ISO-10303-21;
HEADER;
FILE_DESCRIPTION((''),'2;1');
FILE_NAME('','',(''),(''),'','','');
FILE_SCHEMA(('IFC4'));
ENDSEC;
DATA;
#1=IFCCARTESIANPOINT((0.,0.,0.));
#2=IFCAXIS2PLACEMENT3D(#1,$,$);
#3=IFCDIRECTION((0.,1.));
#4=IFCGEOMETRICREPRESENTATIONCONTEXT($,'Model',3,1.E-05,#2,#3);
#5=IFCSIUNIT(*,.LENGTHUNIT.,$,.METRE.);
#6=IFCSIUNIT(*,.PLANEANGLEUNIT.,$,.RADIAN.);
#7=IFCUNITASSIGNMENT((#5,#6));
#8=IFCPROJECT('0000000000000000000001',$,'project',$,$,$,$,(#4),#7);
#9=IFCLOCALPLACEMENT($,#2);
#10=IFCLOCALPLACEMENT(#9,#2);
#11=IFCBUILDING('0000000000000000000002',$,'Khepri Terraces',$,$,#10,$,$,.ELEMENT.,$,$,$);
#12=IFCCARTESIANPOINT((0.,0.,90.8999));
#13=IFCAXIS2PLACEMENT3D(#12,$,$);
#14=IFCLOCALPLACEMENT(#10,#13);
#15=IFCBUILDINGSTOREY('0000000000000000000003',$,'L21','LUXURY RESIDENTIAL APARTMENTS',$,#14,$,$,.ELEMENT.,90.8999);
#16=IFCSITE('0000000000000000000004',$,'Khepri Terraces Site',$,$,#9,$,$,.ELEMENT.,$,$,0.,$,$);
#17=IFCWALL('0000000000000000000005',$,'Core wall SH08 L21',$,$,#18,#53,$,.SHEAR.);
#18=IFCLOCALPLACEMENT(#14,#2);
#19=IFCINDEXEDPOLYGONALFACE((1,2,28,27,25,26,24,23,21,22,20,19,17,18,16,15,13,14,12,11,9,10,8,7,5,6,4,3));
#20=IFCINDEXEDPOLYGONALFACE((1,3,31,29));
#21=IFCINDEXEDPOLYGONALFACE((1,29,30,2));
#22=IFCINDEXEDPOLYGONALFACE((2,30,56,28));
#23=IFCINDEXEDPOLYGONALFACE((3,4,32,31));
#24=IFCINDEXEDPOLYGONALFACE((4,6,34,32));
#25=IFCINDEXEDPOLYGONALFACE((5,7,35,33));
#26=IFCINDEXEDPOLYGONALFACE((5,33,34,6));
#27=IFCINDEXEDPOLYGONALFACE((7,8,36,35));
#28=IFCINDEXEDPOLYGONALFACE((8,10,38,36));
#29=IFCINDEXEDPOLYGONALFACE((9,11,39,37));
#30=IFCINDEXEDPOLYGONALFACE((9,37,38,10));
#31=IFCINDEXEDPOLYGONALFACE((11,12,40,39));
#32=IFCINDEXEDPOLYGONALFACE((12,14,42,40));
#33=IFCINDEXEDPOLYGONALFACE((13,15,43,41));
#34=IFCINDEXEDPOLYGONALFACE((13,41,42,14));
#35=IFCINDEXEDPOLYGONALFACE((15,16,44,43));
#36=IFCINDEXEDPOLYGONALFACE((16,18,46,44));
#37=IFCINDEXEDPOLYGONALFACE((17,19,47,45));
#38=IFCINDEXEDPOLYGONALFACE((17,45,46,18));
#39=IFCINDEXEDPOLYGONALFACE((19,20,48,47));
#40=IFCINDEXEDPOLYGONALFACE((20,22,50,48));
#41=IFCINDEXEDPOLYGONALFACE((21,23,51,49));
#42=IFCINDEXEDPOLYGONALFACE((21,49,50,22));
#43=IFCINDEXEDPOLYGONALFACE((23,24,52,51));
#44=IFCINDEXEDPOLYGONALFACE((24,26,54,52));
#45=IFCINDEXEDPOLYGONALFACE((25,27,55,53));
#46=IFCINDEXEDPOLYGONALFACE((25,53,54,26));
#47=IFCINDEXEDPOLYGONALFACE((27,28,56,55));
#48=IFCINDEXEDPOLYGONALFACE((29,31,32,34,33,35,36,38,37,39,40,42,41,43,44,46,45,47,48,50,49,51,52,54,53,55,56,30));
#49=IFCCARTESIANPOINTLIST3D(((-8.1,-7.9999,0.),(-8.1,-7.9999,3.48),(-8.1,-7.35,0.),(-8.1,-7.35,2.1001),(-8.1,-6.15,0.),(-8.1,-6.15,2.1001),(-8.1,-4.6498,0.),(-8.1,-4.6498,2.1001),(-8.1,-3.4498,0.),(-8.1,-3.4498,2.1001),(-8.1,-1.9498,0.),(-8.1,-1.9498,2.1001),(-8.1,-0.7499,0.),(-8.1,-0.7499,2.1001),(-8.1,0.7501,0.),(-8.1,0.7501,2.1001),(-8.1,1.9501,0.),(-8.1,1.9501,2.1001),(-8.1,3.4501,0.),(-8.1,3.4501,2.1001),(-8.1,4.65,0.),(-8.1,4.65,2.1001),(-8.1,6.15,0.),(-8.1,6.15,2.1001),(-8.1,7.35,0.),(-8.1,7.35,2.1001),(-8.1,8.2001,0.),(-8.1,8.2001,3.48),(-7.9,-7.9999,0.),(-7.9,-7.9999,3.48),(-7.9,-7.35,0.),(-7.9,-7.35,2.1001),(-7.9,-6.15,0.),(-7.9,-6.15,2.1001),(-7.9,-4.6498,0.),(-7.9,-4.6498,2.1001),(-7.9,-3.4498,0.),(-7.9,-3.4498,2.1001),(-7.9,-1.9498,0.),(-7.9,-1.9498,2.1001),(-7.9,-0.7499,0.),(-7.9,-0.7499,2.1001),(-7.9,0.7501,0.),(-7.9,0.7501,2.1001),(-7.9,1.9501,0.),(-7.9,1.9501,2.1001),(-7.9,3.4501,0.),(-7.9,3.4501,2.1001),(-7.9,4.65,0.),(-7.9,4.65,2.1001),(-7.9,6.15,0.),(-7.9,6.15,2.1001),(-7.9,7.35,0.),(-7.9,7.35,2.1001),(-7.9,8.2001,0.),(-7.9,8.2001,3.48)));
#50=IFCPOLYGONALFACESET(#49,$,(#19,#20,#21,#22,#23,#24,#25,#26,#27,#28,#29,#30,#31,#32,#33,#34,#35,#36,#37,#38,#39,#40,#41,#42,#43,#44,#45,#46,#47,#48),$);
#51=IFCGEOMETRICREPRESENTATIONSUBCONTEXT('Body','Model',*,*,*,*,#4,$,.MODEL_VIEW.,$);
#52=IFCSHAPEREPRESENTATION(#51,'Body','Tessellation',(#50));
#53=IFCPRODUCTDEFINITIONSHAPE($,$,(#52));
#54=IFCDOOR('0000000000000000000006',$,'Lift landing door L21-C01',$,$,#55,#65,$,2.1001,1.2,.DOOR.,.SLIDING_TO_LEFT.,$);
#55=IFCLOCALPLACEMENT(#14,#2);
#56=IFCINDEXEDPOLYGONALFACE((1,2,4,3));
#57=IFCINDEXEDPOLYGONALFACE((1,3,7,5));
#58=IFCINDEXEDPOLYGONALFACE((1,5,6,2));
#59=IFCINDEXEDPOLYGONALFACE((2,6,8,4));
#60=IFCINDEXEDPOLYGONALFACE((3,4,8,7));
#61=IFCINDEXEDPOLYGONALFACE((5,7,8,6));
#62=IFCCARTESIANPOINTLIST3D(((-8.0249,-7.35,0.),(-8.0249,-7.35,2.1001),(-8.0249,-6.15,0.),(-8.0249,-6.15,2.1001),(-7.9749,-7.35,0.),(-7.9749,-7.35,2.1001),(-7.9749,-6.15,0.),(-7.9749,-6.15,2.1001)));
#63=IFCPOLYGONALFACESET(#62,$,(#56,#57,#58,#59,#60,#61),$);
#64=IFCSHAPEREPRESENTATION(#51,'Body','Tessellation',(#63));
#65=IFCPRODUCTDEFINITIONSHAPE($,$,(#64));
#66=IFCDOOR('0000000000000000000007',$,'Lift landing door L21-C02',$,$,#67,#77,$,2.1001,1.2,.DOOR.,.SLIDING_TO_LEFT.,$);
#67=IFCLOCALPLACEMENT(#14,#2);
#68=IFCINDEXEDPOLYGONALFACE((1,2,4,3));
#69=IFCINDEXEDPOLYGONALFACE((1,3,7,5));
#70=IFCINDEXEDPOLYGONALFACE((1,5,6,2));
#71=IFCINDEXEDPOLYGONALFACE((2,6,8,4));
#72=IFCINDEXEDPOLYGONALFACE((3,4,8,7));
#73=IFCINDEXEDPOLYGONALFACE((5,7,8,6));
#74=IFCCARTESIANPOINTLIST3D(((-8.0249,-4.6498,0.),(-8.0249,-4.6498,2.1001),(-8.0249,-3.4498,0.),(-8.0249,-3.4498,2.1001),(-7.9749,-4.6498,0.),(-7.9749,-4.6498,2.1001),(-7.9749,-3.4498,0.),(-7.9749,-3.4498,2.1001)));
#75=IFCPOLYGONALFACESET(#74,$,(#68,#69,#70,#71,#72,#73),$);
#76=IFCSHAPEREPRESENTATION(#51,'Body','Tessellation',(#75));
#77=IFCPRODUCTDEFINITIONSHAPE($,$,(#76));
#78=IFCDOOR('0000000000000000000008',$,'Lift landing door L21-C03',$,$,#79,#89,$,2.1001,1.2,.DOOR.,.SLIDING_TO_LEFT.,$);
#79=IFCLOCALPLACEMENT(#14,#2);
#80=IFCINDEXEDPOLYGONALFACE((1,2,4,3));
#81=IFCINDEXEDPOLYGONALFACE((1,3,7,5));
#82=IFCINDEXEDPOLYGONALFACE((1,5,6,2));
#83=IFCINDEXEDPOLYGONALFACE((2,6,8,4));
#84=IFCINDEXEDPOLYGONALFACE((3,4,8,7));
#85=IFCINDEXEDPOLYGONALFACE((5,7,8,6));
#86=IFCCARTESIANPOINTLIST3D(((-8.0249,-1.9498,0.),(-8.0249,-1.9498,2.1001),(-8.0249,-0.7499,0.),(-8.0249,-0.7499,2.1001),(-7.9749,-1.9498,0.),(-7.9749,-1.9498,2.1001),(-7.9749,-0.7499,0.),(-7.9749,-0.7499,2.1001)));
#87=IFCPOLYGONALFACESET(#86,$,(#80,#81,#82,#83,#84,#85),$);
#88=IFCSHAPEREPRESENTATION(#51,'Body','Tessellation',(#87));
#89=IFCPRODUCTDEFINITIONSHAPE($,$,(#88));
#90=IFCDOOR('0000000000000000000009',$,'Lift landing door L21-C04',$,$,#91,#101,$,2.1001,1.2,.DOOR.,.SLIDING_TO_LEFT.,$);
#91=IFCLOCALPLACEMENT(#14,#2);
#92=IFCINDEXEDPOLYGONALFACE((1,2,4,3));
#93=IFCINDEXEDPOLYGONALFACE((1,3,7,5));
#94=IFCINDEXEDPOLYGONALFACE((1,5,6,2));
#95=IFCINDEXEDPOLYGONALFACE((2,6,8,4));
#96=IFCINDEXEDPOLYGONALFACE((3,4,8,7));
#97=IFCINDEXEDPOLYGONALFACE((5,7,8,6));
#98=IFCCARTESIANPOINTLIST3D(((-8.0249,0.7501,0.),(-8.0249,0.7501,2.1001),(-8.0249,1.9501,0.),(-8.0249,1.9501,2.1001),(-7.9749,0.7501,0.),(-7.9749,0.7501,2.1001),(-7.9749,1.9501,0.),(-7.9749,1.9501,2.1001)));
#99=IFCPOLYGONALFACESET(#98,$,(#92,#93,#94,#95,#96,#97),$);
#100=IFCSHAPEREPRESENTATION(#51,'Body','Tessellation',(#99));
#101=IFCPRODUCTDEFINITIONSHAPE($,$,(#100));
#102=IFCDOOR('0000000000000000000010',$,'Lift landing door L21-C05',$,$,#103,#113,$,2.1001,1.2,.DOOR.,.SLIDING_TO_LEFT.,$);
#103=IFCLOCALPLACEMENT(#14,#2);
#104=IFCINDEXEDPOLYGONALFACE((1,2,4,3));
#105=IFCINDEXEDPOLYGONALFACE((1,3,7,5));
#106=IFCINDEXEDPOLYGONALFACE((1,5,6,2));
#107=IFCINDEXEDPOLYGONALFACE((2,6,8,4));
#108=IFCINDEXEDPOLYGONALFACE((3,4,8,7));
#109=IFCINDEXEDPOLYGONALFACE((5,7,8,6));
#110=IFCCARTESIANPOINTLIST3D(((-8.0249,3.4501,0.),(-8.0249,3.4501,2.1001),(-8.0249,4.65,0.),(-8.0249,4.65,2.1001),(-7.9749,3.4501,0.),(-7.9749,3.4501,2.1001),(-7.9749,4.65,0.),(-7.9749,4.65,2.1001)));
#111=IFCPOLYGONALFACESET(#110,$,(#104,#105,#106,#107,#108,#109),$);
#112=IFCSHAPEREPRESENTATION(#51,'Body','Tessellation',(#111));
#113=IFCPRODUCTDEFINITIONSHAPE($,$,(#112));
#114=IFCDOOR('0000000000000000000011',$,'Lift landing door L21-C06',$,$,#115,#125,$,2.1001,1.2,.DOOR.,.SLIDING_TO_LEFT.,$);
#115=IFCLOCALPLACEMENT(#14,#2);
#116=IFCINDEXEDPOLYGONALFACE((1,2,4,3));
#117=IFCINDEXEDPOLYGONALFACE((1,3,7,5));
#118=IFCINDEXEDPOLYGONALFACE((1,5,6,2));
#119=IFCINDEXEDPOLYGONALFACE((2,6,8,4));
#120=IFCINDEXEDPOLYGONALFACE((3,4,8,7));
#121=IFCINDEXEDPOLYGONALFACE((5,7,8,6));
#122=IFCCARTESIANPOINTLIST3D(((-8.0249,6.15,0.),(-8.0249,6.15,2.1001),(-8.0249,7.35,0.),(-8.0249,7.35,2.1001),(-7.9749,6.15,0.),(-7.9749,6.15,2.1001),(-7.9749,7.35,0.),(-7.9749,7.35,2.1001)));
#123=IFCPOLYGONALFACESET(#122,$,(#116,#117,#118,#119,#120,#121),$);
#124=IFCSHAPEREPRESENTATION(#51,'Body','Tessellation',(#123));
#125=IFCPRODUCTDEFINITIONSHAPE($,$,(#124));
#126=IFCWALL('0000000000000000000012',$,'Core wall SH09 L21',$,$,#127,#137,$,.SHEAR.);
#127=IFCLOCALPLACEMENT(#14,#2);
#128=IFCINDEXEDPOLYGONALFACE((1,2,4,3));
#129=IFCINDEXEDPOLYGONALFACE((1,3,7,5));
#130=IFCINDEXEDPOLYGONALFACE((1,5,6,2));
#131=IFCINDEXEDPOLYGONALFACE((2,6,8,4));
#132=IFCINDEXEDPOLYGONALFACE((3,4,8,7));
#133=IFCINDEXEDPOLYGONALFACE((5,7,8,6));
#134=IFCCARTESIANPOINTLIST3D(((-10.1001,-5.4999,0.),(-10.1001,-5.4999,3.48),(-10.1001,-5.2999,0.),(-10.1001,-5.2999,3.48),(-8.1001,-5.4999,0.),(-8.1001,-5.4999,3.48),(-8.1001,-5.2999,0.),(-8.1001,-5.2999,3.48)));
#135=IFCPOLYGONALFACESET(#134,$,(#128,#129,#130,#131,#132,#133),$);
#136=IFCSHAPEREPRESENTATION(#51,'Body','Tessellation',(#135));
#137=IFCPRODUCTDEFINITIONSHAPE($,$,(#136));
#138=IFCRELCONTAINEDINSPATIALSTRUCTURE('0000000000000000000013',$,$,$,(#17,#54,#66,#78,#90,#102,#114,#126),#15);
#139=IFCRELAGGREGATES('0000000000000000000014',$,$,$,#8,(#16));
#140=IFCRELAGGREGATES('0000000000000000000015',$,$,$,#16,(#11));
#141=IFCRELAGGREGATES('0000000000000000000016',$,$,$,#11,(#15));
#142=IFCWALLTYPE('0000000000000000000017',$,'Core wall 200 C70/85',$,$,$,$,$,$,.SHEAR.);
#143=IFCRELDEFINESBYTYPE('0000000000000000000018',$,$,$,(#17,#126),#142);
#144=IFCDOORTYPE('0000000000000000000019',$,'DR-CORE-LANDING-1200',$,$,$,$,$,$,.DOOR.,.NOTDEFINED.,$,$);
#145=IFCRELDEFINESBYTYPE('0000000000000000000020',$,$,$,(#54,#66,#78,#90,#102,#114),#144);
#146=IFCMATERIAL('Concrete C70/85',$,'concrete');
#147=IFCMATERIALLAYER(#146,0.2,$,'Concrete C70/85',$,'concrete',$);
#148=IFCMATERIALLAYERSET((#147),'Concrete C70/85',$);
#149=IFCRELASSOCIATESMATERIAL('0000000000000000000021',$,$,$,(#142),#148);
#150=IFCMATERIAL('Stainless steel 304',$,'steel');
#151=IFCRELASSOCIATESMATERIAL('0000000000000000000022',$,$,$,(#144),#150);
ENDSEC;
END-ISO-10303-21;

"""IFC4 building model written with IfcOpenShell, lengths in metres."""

from ifc_helpers import new_model, si_unit, direction, frame, frame_2d, origin, place, context, subcontext, project, spatial, rectangle, extrude, material, layer, layer_set, type_object, element, fill, save


model = new_model("IFC4")

# Units and contexts
model_context = context("Model", 3, precision=1e-05, world=origin(), true_north=direction((0.0, 1.0)))
body_context = subcontext(model_context, "Body", "Model", "MODEL_VIEW")
ifc_project = project(units=[si_unit("LENGTHUNIT", "METRE"), si_unit("PLANEANGLEUNIT", "RADIAN")], contexts=[model_context])

# Site, building, storey
site_placement = place(None, origin())
site = spatial("IfcSite", under=ifc_project, at=site_placement, Name="Khepri Terraces Site", CompositionType="ELEMENT", RefElevation=0.0)
building_placement = place(site_placement, origin())
building = spatial("IfcBuilding", under=site, at=building_placement, Name="Khepri Terraces", CompositionType="ELEMENT")
storey_placement = place(building_placement, frame((0.0, 0.0, 90.8999)))
storey = spatial("IfcBuildingStorey", under=building, at=storey_placement, Name="L21", Description="LUXURY RESIDENTIAL APARTMENTS", CompositionType="ELEMENT", Elevation=90.8999)

# Shared definitions
ifc_material_1 = material(Name="Concrete C70/85", Category="concrete")
ifc_layer_1 = layer(ifc_material_1, 0.2, Name="Concrete C70/85", Category="concrete")
ifc_layer_set_1 = layer_set([ifc_layer_1], Name="Concrete C70/85")
wall_type_1 = type_object("IfcWallType", Name="Core wall 200 C70/85", PredefinedType="SHEAR", material=ifc_layer_set_1)

# Wall, openings, doors
wall_1_placement = place(storey_placement, frame((-8.0, -8.0, 0.0), z_axis=(0.0, 0.0, 1.0), x_axis=(0.0, 1.0, 0.0)))
wall_1 = element("IfcWall", 1, at=wall_1_placement, inside=storey, type_object=wall_type_1, Name="Core wall SH08 L21", PredefinedType="SHEAR", context=body_context, shape_type="SweptSolid", body=[
    extrude(rectangle(XDim=16.2, YDim=0.2, at=frame_2d((8.1001, 0.0))), origin(), (0.0, 0.0, 1.0), 3.48),
])
opening_1_placement = place(wall_1_placement, frame((0.6499, 0.0, 0.0)))
opening_1 = element("IfcOpeningElement", 2, at=opening_1_placement, cuts=wall_1, PredefinedType="OPENING", context=body_context, shape_type="SweptSolid", body=[
    extrude(rectangle(XDim=1.2, YDim=2.1001, at=frame_2d((0.6001, 1.05))), frame((0.0, 0.1099, 0.0), z_axis=(0.0, -1.0, 0.0), x_axis=(1.0, 0.0, 0.0)), (0.0, 0.0, 1.0), 0.22),
])
opening_2_placement = place(wall_1_placement, frame((3.3501, 0.0, 0.0)))
opening_2 = element("IfcOpeningElement", 3, at=opening_2_placement, cuts=wall_1, PredefinedType="OPENING", context=body_context, shape_type="SweptSolid", body=[
    extrude(rectangle(XDim=1.2, YDim=2.1001, at=frame_2d((0.6001, 1.05))), frame((0.0, 0.1099, 0.0), z_axis=(0.0, -1.0, 0.0), x_axis=(1.0, 0.0, 0.0)), (0.0, 0.0, 1.0), 0.22),
])
opening_3_placement = place(wall_1_placement, frame((6.05, 0.0, 0.0)))
opening_3 = element("IfcOpeningElement", 4, at=opening_3_placement, cuts=wall_1, PredefinedType="OPENING", context=body_context, shape_type="SweptSolid", body=[
    extrude(rectangle(XDim=1.2, YDim=2.1001, at=frame_2d((0.6001, 1.05))), frame((0.0, 0.1099, 0.0), z_axis=(0.0, -1.0, 0.0), x_axis=(1.0, 0.0, 0.0)), (0.0, 0.0, 1.0), 0.22),
])
opening_4_placement = place(wall_1_placement, frame((8.75, 0.0, 0.0)))
opening_4 = element("IfcOpeningElement", 5, at=opening_4_placement, cuts=wall_1, PredefinedType="OPENING", context=body_context, shape_type="SweptSolid", body=[
    extrude(rectangle(XDim=1.2, YDim=2.1001, at=frame_2d((0.6001, 1.05))), frame((0.0, 0.1099, 0.0), z_axis=(0.0, -1.0, 0.0), x_axis=(1.0, 0.0, 0.0)), (0.0, 0.0, 1.0), 0.22),
])
opening_5_placement = place(wall_1_placement, frame((11.45, 0.0, 0.0)))
opening_5 = element("IfcOpeningElement", 6, at=opening_5_placement, cuts=wall_1, PredefinedType="OPENING", context=body_context, shape_type="SweptSolid", body=[
    extrude(rectangle(XDim=1.2, YDim=2.1001, at=frame_2d((0.6001, 1.05))), frame((0.0, 0.1099, 0.0), z_axis=(0.0, -1.0, 0.0), x_axis=(1.0, 0.0, 0.0)), (0.0, 0.0, 1.0), 0.22),
])
opening_6_placement = place(wall_1_placement, frame((14.1499, 0.0, 0.0)))
opening_6 = element("IfcOpeningElement", 7, at=opening_6_placement, cuts=wall_1, PredefinedType="OPENING", context=body_context, shape_type="SweptSolid", body=[
    extrude(rectangle(XDim=1.2, YDim=2.1001, at=frame_2d((0.6001, 1.05))), frame((0.0, 0.1099, 0.0), z_axis=(0.0, -1.0, 0.0), x_axis=(1.0, 0.0, 0.0)), (0.0, 0.0, 1.0), 0.22),
])
ifc_material_2 = material(Name="Stainless steel 304", Category="steel")
door_type_1 = type_object("IfcDoorType", Name="DR-CORE-LANDING-1200", OperationType="NOTDEFINED", PredefinedType="DOOR", material=ifc_material_2)
door_1_placement = place(opening_1_placement, origin())
door_1 = element("IfcDoor", 8, at=door_1_placement, inside=storey, type_object=door_type_1, Name="Lift landing door L21-C01", OperationType="SLIDING_TO_LEFT", OverallHeight=2.1001, OverallWidth=1.2, PredefinedType="DOOR", context=body_context, shape_type="SweptSolid", body=[
    extrude(rectangle(XDim=1.2, YDim=2.1001, at=frame_2d((0.6001, 1.05))), frame((0.0, 0.0249, 0.0), z_axis=(0.0, -1.0, 0.0), x_axis=(1.0, 0.0, 0.0)), (0.0, 0.0, 1.0), 0.05),
])
fill(opening_1, door_1)
door_2_placement = place(opening_2_placement, origin())
door_2 = element("IfcDoor", 9, at=door_2_placement, inside=storey, type_object=door_type_1, Name="Lift landing door L21-C02", OperationType="SLIDING_TO_LEFT", OverallHeight=2.1001, OverallWidth=1.2, PredefinedType="DOOR", context=body_context, shape_type="SweptSolid", body=[
    extrude(rectangle(XDim=1.2, YDim=2.1001, at=frame_2d((0.6001, 1.05))), frame((0.0, 0.0249, 0.0), z_axis=(0.0, -1.0, 0.0), x_axis=(1.0, 0.0, 0.0)), (0.0, 0.0, 1.0), 0.05),
])
fill(opening_2, door_2)
door_3_placement = place(opening_3_placement, origin())
door_3 = element("IfcDoor", 10, at=door_3_placement, inside=storey, type_object=door_type_1, Name="Lift landing door L21-C03", OperationType="SLIDING_TO_LEFT", OverallHeight=2.1001, OverallWidth=1.2, PredefinedType="DOOR", context=body_context, shape_type="SweptSolid", body=[
    extrude(rectangle(XDim=1.2, YDim=2.1001, at=frame_2d((0.6001, 1.05))), frame((0.0, 0.0249, 0.0), z_axis=(0.0, -1.0, 0.0), x_axis=(1.0, 0.0, 0.0)), (0.0, 0.0, 1.0), 0.05),
])
fill(opening_3, door_3)
door_4_placement = place(opening_4_placement, origin())
door_4 = element("IfcDoor", 11, at=door_4_placement, inside=storey, type_object=door_type_1, Name="Lift landing door L21-C04", OperationType="SLIDING_TO_LEFT", OverallHeight=2.1001, OverallWidth=1.2, PredefinedType="DOOR", context=body_context, shape_type="SweptSolid", body=[
    extrude(rectangle(XDim=1.2, YDim=2.1001, at=frame_2d((0.6001, 1.05))), frame((0.0, 0.0249, 0.0), z_axis=(0.0, -1.0, 0.0), x_axis=(1.0, 0.0, 0.0)), (0.0, 0.0, 1.0), 0.05),
])
fill(opening_4, door_4)
door_5_placement = place(opening_5_placement, origin())
door_5 = element("IfcDoor", 12, at=door_5_placement, inside=storey, type_object=door_type_1, Name="Lift landing door L21-C05", OperationType="SLIDING_TO_LEFT", OverallHeight=2.1001, OverallWidth=1.2, PredefinedType="DOOR", context=body_context, shape_type="SweptSolid", body=[
    extrude(rectangle(XDim=1.2, YDim=2.1001, at=frame_2d((0.6001, 1.05))), frame((0.0, 0.0249, 0.0), z_axis=(0.0, -1.0, 0.0), x_axis=(1.0, 0.0, 0.0)), (0.0, 0.0, 1.0), 0.05),
])
fill(opening_5, door_5)
door_6_placement = place(opening_6_placement, origin())
door_6 = element("IfcDoor", 13, at=door_6_placement, inside=storey, type_object=door_type_1, Name="Lift landing door L21-C06", OperationType="SLIDING_TO_LEFT", OverallHeight=2.1001, OverallWidth=1.2, PredefinedType="DOOR", context=body_context, shape_type="SweptSolid", body=[
    extrude(rectangle(XDim=1.2, YDim=2.1001, at=frame_2d((0.6001, 1.05))), frame((0.0, 0.0249, 0.0), z_axis=(0.0, -1.0, 0.0), x_axis=(1.0, 0.0, 0.0)), (0.0, 0.0, 1.0), 0.05),
])
fill(opening_6, door_6)

# Wall
wall_2_placement = place(storey_placement, frame((-10.1001, -5.3999, 0.0), z_axis=(0.0, 0.0, 1.0), x_axis=(1.0, 0.0, 0.0)))
element("IfcWall", 14, at=wall_2_placement, inside=storey, type_object=wall_type_1, Name="Core wall SH09 L21", PredefinedType="SHEAR", context=body_context, shape_type="SweptSolid", body=[
    extrude(rectangle(XDim=2.0, YDim=0.2, at=frame_2d((1.0, 0.0))), origin(), (0.0, 0.0, 1.0), 3.48),
])

save(model, "model.ifc")
